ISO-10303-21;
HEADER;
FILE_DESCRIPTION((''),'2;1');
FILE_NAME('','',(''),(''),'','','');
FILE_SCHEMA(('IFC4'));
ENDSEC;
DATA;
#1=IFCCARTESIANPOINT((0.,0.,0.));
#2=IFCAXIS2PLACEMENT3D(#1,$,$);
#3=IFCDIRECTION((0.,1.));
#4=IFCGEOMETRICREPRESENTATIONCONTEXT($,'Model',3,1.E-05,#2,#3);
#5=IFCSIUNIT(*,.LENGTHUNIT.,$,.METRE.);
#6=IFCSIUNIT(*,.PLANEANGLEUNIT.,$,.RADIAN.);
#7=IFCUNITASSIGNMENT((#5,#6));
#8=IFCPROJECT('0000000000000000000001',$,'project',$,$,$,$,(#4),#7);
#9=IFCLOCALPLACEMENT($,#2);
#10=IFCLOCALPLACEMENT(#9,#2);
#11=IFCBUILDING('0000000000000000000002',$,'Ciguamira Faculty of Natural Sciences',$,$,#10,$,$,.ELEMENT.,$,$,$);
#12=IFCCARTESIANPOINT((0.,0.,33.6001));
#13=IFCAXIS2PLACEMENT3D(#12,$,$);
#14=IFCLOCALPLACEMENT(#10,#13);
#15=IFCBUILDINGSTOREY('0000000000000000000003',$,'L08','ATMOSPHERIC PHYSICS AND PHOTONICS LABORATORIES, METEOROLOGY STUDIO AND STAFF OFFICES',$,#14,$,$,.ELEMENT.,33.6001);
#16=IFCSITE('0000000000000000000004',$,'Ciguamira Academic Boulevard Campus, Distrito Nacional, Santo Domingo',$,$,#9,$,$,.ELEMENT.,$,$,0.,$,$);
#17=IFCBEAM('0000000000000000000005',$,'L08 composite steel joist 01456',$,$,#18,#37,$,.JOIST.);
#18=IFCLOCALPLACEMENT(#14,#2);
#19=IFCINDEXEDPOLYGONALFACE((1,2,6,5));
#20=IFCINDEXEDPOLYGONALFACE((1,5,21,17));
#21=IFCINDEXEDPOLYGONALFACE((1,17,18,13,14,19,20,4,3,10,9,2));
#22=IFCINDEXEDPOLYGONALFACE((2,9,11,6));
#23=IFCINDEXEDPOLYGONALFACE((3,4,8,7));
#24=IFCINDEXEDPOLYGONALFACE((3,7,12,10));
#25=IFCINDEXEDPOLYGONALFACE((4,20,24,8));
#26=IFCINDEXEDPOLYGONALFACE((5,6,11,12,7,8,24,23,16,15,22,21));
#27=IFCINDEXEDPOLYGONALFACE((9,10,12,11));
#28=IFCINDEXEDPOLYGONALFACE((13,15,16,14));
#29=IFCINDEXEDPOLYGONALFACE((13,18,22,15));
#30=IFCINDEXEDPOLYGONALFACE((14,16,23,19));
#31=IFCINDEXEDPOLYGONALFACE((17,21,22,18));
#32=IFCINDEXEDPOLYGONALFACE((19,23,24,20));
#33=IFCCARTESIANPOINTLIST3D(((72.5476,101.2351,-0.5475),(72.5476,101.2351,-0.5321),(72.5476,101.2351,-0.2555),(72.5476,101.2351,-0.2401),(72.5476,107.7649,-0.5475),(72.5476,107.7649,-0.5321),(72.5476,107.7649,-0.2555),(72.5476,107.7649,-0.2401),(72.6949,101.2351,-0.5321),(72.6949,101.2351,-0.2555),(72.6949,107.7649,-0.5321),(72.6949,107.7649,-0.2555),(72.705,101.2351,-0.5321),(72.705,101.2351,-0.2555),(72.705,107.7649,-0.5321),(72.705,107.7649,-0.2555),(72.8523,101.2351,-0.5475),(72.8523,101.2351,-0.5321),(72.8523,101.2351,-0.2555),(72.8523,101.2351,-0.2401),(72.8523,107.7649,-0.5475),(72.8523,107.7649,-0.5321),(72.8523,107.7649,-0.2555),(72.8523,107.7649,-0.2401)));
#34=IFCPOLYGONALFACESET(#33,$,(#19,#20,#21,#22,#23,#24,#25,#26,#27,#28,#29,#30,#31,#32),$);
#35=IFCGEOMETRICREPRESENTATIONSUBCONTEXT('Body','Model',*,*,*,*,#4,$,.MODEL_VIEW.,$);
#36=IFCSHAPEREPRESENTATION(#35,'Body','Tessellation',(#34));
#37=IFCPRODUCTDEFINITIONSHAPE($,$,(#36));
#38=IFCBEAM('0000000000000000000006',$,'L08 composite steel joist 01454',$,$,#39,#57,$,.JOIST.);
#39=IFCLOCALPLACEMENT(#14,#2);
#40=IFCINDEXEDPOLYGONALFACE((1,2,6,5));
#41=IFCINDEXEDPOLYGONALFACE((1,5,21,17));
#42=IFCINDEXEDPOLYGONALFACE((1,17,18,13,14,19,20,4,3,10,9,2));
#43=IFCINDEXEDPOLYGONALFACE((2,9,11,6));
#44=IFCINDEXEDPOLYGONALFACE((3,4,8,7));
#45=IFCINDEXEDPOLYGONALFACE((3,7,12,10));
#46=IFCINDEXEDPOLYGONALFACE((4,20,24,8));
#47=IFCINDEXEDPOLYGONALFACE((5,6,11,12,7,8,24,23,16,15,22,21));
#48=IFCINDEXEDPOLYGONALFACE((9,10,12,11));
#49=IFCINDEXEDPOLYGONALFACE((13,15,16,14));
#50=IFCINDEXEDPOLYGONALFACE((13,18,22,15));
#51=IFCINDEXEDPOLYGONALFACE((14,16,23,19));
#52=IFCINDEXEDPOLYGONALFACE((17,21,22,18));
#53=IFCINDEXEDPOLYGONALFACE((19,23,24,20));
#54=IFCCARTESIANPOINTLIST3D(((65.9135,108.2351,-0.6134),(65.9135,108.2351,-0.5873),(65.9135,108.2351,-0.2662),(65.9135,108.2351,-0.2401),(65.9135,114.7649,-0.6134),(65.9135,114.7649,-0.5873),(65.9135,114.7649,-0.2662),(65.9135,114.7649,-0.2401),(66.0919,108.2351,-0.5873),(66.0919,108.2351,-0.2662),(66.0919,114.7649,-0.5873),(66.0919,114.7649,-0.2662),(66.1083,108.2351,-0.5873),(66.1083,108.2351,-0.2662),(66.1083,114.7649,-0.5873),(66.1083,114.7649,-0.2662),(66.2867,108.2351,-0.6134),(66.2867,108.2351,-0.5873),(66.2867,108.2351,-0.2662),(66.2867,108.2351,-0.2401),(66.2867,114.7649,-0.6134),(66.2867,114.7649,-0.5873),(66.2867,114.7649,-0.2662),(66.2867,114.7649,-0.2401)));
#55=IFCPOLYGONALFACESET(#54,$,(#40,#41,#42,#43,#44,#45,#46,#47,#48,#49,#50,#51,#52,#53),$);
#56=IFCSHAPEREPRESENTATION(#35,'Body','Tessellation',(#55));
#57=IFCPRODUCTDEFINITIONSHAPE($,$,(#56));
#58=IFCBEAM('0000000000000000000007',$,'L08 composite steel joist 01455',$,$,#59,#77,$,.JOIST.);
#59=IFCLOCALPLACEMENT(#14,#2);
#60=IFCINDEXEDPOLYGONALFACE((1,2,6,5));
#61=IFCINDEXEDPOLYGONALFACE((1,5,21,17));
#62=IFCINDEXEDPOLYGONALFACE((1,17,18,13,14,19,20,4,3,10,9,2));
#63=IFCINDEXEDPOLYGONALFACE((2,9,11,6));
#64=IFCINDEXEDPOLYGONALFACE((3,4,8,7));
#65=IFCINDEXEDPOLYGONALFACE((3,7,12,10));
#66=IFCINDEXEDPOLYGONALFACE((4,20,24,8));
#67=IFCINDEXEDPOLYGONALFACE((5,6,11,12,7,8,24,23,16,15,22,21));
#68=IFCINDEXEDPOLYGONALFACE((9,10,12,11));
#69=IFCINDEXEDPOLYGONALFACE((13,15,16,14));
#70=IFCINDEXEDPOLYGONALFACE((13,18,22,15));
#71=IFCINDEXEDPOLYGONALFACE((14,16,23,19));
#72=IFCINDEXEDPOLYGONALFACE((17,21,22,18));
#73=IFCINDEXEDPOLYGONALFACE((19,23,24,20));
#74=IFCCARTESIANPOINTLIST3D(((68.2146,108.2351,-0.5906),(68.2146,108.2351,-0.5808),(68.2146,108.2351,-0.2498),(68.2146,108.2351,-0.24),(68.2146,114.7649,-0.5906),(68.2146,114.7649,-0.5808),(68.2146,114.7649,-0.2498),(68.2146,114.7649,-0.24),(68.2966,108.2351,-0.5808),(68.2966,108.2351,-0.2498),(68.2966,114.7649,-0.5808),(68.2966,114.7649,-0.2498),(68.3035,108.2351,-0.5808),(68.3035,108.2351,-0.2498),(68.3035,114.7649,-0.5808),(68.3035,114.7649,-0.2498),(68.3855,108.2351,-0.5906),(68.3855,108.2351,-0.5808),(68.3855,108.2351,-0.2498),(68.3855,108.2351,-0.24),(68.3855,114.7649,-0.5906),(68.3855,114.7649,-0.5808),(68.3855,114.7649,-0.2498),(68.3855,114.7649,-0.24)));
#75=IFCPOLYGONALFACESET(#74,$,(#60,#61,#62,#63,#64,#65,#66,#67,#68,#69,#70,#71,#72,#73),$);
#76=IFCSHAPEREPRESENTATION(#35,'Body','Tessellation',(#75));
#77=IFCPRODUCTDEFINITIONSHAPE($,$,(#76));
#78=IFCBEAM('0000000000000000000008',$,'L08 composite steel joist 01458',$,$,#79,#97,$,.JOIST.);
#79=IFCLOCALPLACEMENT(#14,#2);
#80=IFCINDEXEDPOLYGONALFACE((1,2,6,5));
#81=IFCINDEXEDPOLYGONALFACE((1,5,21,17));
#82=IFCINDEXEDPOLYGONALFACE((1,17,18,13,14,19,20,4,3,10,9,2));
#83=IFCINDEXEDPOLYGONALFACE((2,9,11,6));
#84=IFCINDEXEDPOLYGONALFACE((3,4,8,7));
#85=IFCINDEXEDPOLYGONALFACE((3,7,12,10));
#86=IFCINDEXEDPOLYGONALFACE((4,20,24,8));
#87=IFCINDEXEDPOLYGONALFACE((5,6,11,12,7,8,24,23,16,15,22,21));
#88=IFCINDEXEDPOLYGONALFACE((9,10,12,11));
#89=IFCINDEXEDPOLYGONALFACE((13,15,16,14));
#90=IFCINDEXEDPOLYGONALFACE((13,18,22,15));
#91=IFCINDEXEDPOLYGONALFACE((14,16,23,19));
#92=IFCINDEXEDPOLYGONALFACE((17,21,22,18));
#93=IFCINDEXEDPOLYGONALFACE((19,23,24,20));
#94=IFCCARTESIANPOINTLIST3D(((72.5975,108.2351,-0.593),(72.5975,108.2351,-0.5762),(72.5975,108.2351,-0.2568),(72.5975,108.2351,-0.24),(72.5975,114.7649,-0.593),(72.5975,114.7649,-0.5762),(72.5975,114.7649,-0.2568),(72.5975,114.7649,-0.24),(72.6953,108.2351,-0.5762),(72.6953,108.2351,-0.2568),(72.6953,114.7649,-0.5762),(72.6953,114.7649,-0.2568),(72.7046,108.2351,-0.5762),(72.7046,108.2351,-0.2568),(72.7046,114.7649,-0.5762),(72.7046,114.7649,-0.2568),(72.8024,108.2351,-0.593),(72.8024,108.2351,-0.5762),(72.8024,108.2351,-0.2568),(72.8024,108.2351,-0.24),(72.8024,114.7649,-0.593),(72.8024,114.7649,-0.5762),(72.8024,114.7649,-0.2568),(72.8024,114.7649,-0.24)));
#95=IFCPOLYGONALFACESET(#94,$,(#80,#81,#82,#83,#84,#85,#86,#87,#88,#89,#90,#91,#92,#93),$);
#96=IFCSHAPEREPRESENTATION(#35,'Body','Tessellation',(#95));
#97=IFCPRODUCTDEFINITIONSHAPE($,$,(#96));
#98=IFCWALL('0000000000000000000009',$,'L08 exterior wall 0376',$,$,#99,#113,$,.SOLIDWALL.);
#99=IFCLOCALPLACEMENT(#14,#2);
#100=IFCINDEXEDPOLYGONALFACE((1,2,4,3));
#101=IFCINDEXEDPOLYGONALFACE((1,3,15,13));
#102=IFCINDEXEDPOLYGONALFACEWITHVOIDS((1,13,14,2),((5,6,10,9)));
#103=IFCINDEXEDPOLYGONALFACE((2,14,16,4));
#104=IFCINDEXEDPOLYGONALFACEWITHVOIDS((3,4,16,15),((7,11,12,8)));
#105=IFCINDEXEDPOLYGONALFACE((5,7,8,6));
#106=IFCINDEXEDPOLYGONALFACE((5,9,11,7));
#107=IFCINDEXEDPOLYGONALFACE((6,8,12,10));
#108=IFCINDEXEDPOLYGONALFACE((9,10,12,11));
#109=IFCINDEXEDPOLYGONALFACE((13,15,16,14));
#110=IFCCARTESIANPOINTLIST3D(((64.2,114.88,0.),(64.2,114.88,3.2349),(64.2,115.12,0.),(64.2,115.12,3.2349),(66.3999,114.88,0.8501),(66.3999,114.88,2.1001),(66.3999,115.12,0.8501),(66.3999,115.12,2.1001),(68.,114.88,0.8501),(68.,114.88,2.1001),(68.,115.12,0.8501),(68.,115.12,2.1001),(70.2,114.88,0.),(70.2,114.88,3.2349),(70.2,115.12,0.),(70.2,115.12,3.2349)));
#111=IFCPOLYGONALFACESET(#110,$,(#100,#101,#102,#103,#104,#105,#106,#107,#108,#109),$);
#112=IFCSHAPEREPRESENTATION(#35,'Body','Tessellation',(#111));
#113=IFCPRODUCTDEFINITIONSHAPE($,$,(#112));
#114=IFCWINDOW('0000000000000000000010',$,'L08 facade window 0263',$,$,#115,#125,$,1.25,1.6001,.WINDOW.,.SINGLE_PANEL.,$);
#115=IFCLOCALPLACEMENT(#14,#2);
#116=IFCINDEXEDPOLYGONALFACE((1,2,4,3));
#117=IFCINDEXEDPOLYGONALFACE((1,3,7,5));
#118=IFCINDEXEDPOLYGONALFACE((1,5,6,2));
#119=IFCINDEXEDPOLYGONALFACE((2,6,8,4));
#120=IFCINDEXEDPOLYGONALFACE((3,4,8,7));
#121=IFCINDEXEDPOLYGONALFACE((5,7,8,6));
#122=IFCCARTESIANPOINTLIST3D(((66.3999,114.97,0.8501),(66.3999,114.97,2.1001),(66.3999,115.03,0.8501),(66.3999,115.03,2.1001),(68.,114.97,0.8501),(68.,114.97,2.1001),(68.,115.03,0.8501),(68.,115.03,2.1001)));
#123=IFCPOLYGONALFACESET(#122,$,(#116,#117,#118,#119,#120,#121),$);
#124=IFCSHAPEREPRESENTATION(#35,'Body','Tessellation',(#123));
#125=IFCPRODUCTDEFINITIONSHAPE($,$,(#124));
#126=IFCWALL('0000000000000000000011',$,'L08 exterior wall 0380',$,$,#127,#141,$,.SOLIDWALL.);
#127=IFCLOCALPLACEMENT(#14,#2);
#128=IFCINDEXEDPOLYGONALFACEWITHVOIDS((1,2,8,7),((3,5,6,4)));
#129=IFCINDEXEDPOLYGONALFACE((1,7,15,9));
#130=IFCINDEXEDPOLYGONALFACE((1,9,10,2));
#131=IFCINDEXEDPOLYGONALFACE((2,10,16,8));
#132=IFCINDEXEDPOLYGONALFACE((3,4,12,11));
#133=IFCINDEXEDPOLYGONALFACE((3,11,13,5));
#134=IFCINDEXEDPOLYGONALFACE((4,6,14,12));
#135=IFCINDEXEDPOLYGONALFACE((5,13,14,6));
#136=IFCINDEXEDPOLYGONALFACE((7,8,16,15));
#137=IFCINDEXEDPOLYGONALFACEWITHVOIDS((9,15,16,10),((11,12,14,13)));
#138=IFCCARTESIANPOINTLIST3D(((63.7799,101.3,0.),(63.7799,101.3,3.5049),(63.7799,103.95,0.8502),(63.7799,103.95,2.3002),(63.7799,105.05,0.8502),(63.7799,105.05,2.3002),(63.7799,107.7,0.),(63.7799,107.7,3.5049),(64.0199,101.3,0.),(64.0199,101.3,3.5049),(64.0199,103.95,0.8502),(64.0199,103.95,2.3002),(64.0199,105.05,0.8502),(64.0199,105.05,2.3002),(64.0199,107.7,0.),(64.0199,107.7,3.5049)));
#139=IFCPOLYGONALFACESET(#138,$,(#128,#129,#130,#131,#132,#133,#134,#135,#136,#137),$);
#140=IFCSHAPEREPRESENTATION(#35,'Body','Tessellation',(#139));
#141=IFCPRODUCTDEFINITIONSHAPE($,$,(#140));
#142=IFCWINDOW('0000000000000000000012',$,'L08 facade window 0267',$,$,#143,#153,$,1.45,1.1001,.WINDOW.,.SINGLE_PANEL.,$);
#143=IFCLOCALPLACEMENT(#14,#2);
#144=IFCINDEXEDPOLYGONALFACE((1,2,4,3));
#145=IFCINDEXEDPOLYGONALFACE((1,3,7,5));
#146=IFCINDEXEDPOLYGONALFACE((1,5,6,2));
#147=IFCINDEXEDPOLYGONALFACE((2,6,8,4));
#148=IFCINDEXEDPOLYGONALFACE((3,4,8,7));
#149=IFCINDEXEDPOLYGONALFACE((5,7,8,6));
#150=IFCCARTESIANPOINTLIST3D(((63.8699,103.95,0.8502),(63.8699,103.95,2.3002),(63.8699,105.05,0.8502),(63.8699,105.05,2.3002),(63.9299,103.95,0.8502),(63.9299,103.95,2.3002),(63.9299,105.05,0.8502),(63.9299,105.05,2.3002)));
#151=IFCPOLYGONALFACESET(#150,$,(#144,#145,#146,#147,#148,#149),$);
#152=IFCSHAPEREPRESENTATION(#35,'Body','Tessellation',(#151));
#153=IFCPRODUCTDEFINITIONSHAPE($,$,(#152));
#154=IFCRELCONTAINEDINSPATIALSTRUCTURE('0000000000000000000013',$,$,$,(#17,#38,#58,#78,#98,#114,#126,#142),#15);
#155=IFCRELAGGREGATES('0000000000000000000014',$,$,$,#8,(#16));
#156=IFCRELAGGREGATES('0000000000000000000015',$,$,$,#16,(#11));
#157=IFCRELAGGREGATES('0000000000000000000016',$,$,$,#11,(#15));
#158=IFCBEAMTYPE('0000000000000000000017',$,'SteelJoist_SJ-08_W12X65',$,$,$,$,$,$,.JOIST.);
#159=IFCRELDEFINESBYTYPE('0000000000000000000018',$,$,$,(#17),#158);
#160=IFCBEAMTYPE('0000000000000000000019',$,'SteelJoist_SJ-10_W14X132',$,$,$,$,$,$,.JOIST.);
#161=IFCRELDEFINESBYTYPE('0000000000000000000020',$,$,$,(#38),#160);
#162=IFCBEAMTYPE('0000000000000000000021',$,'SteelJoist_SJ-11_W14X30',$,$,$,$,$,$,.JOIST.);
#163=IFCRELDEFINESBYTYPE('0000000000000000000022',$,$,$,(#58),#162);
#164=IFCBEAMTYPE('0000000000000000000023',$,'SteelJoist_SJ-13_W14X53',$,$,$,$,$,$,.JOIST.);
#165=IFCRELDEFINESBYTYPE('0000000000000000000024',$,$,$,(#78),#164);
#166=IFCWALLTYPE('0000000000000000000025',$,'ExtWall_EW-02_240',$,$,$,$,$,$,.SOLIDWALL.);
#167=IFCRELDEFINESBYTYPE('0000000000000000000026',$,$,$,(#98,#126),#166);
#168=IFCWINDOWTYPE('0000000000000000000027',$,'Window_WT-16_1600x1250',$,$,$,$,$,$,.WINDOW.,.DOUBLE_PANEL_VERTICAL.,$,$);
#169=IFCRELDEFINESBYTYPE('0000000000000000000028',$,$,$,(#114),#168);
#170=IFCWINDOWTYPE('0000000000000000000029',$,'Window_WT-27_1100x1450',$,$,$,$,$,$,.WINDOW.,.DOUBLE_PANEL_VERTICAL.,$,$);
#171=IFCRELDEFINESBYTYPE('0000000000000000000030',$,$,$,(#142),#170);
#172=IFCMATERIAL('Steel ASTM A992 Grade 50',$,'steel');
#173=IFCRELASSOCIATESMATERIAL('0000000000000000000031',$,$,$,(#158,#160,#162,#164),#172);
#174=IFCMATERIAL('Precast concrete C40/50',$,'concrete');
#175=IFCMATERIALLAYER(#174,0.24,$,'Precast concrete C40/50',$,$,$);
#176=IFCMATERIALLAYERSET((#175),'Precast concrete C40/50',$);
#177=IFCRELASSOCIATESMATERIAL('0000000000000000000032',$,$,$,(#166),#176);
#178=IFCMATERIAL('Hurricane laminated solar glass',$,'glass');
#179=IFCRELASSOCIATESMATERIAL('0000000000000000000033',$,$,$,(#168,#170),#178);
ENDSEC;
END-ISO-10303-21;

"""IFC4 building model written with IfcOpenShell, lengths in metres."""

from ifc_helpers import new_model, si_unit, direction, frame, frame_2d, origin, origin_2d, place, context, subcontext, project, spatial, rectangle, i_section, extrude, material, layer, layer_set, material_profile, profile_set, type_object, element, fill, save


model = new_model("IFC4")

# Units and contexts
model_context = context("Model", 3, precision=1e-05, world=origin(), true_north=direction((0.0, 1.0)))
body_context = subcontext(model_context, "Body", "Model", "MODEL_VIEW")
ifc_project = project(units=[si_unit("LENGTHUNIT", "METRE"), si_unit("PLANEANGLEUNIT", "RADIAN")], contexts=[model_context])

# Site, building, storey
site_placement = place(None, origin())
site = spatial("IfcSite", under=ifc_project, at=site_placement, Name="Ciguamira Academic Boulevard Campus, Distrito Nacional, Santo Domingo", CompositionType="ELEMENT", RefElevation=0.0)
building_placement = place(site_placement, origin())
building = spatial("IfcBuilding", under=site, at=building_placement, Name="Ciguamira Faculty of Natural Sciences", CompositionType="ELEMENT")
storey_placement = place(building_placement, frame((0.0, 0.0, 33.6001)))
storey = spatial("IfcBuildingStorey", under=building, at=storey_placement, Name="L08", Description="ATMOSPHERIC PHYSICS AND PHOTONICS LABORATORIES, METEOROLOGY STUDIO AND STAFF OFFICES", CompositionType="ELEMENT", Elevation=33.6001)

# Beams
ifc_material_1 = material(Name="Precast concrete C40/50", Category="concrete")
ifc_material_2 = material(Name="Steel ASTM A992 Grade 50", Category="steel")
ifc_material_profile_1 = material_profile(ifc_material_2, i_section(OverallWidth=0.3047, OverallDepth=0.3074, WebThickness=0.01, FlangeThickness=0.0154, at=origin_2d()), Name="W12X65")
ifc_profile_set_1 = profile_set([ifc_material_profile_1], Name="Steel ASTM A992 Grade 50")
beam_type_1 = type_object("IfcBeamType", Name="SteelJoist_SJ-08_W12X65", PredefinedType="JOIST", material=ifc_profile_set_1)
beam_1_placement = place(storey_placement, frame((72.7, 101.2351, -0.3938), z_axis=(0.0, 1.0, 0.0), x_axis=(-1.0, 0.0, 0.0)))
element("IfcBeam", 1, at=beam_1_placement, inside=storey, type_object=beam_type_1, Name="L08 composite steel joist 01456", PredefinedType="JOIST", context=body_context, shape_type="SweptSolid", body=[
    extrude(i_section(OverallWidth=0.3047, OverallDepth=0.3074, WebThickness=0.01, FlangeThickness=0.0154, at=origin_2d()), origin(), (0.0, 0.0, 1.0), 6.5298),
])
ifc_material_profile_2 = material_profile(ifc_material_2, i_section(OverallWidth=0.3733, OverallDepth=0.3733, WebThickness=0.0164, FlangeThickness=0.0261, at=origin_2d()), Name="W14X132")
ifc_profile_set_2 = profile_set([ifc_material_profile_2], Name="Steel ASTM A992 Grade 50")
beam_type_2 = type_object("IfcBeamType", Name="SteelJoist_SJ-10_W14X132", PredefinedType="JOIST", material=ifc_profile_set_2)
beam_2_placement = place(storey_placement, frame((66.1001, 108.2351, -0.4268), z_axis=(0.0, 1.0, 0.0), x_axis=(-1.0, 0.0, 0.0)))
element("IfcBeam", 2, at=beam_2_placement, inside=storey, type_object=beam_type_2, Name="L08 composite steel joist 01454", PredefinedType="JOIST", context=body_context, shape_type="SweptSolid", body=[
    extrude(i_section(OverallWidth=0.3733, OverallDepth=0.3733, WebThickness=0.0164, FlangeThickness=0.0261, at=origin_2d()), origin(), (0.0, 0.0, 1.0), 6.5298),
])
ifc_material_profile_3 = material_profile(ifc_material_2, i_section(OverallWidth=0.1709, OverallDepth=0.3506, WebThickness=0.0068, FlangeThickness=0.0098, at=origin_2d()), Name="W14X30")
ifc_profile_set_3 = profile_set([ifc_material_profile_3], Name="Steel ASTM A992 Grade 50")
beam_type_3 = type_object("IfcBeamType", Name="SteelJoist_SJ-11_W14X30", PredefinedType="JOIST", material=ifc_profile_set_3)
beam_3_placement = place(storey_placement, frame((68.3, 108.2351, -0.4153), z_axis=(0.0, 1.0, 0.0), x_axis=(-1.0, 0.0, 0.0)))
element("IfcBeam", 3, at=beam_3_placement, inside=storey, type_object=beam_type_3, Name="L08 composite steel joist 01455", PredefinedType="JOIST", context=body_context, shape_type="SweptSolid", body=[
    extrude(i_section(OverallWidth=0.1709, OverallDepth=0.3506, WebThickness=0.0068, FlangeThickness=0.0098, at=origin_2d()), origin(), (0.0, 0.0, 1.0), 6.5298),
])
ifc_material_profile_4 = material_profile(ifc_material_2, i_section(OverallWidth=0.2048, OverallDepth=0.353, WebThickness=0.0093, FlangeThickness=0.0168, at=origin_2d()), Name="W14X53")
ifc_profile_set_4 = profile_set([ifc_material_profile_4], Name="Steel ASTM A992 Grade 50")
beam_type_4 = type_object("IfcBeamType", Name="SteelJoist_SJ-13_W14X53", PredefinedType="JOIST", material=ifc_profile_set_4)
beam_4_placement = place(storey_placement, frame((72.7, 108.2351, -0.4165), z_axis=(0.0, 1.0, 0.0), x_axis=(-1.0, 0.0, 0.0)))
element("IfcBeam", 4, at=beam_4_placement, inside=storey, type_object=beam_type_4, Name="L08 composite steel joist 01458", PredefinedType="JOIST", context=body_context, shape_type="SweptSolid", body=[
    extrude(i_section(OverallWidth=0.2048, OverallDepth=0.353, WebThickness=0.0093, FlangeThickness=0.0168, at=origin_2d()), origin(), (0.0, 0.0, 1.0), 6.5298),
])

# Walls, openings, windows
ifc_layer_1 = layer(ifc_material_1, 0.24, Name="Precast concrete C40/50")
ifc_layer_set_1 = layer_set([ifc_layer_1], Name="Precast concrete C40/50")
wall_type_1 = type_object("IfcWallType", Name="ExtWall_EW-02_240", PredefinedType="SOLIDWALL", material=ifc_layer_set_1)
wall_1_placement = place(storey_placement, frame((64.2, 115.0, 0.0), z_axis=(0.0, 0.0, 1.0), x_axis=(1.0, 0.0, 0.0)))
wall_1 = element("IfcWall", 5, at=wall_1_placement, inside=storey, type_object=wall_type_1, Name="L08 exterior wall 0376", PredefinedType="SOLIDWALL", context=body_context, shape_type="SweptSolid", body=[
    extrude(rectangle(XDim=6.0, YDim=0.24, at=frame_2d((3.0, 0.0))), origin(), (0.0, 0.0, 1.0), 3.2349),
])
opening_1_placement = place(wall_1_placement, frame((2.2, 0.0, 0.8501)))
opening_1 = element("IfcOpeningElement", 6, at=opening_1_placement, cuts=wall_1, PredefinedType="OPENING", context=body_context, shape_type="SweptSolid", body=[
    extrude(rectangle(XDim=1.6001, YDim=1.25, at=frame_2d((0.8, 0.625))), frame((0.0, 0.1299, 0.0), z_axis=(0.0, -1.0, 0.0), x_axis=(1.0, 0.0, 0.0)), (0.0, 0.0, 1.0), 0.26),
])
ifc_material_3 = material(Name="Hurricane laminated solar glass", Category="glass")
window_type_1 = type_object("IfcWindowType", Name="Window_WT-16_1600x1250", PartitioningType="DOUBLE_PANEL_VERTICAL", PredefinedType="WINDOW", material=ifc_material_3)
window_1_placement = place(opening_1_placement, origin())
window_1 = element("IfcWindow", 7, at=window_1_placement, inside=storey, type_object=window_type_1, Name="L08 facade window 0263", OverallHeight=1.25, OverallWidth=1.6001, PartitioningType="SINGLE_PANEL", PredefinedType="WINDOW", context=body_context, shape_type="SweptSolid", body=[
    extrude(rectangle(XDim=1.6001, YDim=1.25, at=frame_2d((0.8, 0.625))), frame((0.0, 0.03, 0.0), z_axis=(0.0, -1.0, 0.0), x_axis=(1.0, 0.0, 0.0)), (0.0, 0.0, 1.0), 0.0601),
])
fill(opening_1, window_1)
wall_2_placement = place(storey_placement, frame((63.8999, 101.3, 0.0), z_axis=(0.0, 0.0, 1.0), x_axis=(0.0, 1.0, 0.0)))
wall_2 = element("IfcWall", 8, at=wall_2_placement, inside=storey, type_object=wall_type_1, Name="L08 exterior wall 0380", PredefinedType="SOLIDWALL", context=body_context, shape_type="SweptSolid", body=[
    extrude(rectangle(XDim=6.3999, YDim=0.24, at=frame_2d((3.2, 0.0))), origin(), (0.0, 0.0, 1.0), 3.5049),
])
opening_2_placement = place(wall_2_placement, frame((2.6499, 0.0, 0.8501)))
opening_2 = element("IfcOpeningElement", 9, at=opening_2_placement, cuts=wall_2, PredefinedType="OPENING", context=body_context, shape_type="SweptSolid", body=[
    extrude(rectangle(XDim=1.1001, YDim=1.45, at=frame_2d((0.55, 0.7251))), frame((0.0, 0.1299, 0.0), z_axis=(0.0, -1.0, 0.0), x_axis=(1.0, 0.0, 0.0)), (0.0, 0.0, 1.0), 0.26),
])
window_type_2 = type_object("IfcWindowType", Name="Window_WT-27_1100x1450", PartitioningType="DOUBLE_PANEL_VERTICAL", PredefinedType="WINDOW", material=ifc_material_3)
window_2_placement = place(opening_2_placement, origin())
window_2 = element("IfcWindow", 10, at=window_2_placement, inside=storey, type_object=window_type_2, Name="L08 facade window 0267", OverallHeight=1.45, OverallWidth=1.1001, PartitioningType="SINGLE_PANEL", PredefinedType="WINDOW", context=body_context, shape_type="SweptSolid", body=[
    extrude(rectangle(XDim=1.1001, YDim=1.45, at=frame_2d((0.55, 0.7251))), frame((0.0, 0.03, 0.0), z_axis=(0.0, -1.0, 0.0), x_axis=(1.0, 0.0, 0.0)), (0.0, 0.0, 1.0), 0.0601),
])
fill(opening_2, window_2)

save(model, "model.ifc")
